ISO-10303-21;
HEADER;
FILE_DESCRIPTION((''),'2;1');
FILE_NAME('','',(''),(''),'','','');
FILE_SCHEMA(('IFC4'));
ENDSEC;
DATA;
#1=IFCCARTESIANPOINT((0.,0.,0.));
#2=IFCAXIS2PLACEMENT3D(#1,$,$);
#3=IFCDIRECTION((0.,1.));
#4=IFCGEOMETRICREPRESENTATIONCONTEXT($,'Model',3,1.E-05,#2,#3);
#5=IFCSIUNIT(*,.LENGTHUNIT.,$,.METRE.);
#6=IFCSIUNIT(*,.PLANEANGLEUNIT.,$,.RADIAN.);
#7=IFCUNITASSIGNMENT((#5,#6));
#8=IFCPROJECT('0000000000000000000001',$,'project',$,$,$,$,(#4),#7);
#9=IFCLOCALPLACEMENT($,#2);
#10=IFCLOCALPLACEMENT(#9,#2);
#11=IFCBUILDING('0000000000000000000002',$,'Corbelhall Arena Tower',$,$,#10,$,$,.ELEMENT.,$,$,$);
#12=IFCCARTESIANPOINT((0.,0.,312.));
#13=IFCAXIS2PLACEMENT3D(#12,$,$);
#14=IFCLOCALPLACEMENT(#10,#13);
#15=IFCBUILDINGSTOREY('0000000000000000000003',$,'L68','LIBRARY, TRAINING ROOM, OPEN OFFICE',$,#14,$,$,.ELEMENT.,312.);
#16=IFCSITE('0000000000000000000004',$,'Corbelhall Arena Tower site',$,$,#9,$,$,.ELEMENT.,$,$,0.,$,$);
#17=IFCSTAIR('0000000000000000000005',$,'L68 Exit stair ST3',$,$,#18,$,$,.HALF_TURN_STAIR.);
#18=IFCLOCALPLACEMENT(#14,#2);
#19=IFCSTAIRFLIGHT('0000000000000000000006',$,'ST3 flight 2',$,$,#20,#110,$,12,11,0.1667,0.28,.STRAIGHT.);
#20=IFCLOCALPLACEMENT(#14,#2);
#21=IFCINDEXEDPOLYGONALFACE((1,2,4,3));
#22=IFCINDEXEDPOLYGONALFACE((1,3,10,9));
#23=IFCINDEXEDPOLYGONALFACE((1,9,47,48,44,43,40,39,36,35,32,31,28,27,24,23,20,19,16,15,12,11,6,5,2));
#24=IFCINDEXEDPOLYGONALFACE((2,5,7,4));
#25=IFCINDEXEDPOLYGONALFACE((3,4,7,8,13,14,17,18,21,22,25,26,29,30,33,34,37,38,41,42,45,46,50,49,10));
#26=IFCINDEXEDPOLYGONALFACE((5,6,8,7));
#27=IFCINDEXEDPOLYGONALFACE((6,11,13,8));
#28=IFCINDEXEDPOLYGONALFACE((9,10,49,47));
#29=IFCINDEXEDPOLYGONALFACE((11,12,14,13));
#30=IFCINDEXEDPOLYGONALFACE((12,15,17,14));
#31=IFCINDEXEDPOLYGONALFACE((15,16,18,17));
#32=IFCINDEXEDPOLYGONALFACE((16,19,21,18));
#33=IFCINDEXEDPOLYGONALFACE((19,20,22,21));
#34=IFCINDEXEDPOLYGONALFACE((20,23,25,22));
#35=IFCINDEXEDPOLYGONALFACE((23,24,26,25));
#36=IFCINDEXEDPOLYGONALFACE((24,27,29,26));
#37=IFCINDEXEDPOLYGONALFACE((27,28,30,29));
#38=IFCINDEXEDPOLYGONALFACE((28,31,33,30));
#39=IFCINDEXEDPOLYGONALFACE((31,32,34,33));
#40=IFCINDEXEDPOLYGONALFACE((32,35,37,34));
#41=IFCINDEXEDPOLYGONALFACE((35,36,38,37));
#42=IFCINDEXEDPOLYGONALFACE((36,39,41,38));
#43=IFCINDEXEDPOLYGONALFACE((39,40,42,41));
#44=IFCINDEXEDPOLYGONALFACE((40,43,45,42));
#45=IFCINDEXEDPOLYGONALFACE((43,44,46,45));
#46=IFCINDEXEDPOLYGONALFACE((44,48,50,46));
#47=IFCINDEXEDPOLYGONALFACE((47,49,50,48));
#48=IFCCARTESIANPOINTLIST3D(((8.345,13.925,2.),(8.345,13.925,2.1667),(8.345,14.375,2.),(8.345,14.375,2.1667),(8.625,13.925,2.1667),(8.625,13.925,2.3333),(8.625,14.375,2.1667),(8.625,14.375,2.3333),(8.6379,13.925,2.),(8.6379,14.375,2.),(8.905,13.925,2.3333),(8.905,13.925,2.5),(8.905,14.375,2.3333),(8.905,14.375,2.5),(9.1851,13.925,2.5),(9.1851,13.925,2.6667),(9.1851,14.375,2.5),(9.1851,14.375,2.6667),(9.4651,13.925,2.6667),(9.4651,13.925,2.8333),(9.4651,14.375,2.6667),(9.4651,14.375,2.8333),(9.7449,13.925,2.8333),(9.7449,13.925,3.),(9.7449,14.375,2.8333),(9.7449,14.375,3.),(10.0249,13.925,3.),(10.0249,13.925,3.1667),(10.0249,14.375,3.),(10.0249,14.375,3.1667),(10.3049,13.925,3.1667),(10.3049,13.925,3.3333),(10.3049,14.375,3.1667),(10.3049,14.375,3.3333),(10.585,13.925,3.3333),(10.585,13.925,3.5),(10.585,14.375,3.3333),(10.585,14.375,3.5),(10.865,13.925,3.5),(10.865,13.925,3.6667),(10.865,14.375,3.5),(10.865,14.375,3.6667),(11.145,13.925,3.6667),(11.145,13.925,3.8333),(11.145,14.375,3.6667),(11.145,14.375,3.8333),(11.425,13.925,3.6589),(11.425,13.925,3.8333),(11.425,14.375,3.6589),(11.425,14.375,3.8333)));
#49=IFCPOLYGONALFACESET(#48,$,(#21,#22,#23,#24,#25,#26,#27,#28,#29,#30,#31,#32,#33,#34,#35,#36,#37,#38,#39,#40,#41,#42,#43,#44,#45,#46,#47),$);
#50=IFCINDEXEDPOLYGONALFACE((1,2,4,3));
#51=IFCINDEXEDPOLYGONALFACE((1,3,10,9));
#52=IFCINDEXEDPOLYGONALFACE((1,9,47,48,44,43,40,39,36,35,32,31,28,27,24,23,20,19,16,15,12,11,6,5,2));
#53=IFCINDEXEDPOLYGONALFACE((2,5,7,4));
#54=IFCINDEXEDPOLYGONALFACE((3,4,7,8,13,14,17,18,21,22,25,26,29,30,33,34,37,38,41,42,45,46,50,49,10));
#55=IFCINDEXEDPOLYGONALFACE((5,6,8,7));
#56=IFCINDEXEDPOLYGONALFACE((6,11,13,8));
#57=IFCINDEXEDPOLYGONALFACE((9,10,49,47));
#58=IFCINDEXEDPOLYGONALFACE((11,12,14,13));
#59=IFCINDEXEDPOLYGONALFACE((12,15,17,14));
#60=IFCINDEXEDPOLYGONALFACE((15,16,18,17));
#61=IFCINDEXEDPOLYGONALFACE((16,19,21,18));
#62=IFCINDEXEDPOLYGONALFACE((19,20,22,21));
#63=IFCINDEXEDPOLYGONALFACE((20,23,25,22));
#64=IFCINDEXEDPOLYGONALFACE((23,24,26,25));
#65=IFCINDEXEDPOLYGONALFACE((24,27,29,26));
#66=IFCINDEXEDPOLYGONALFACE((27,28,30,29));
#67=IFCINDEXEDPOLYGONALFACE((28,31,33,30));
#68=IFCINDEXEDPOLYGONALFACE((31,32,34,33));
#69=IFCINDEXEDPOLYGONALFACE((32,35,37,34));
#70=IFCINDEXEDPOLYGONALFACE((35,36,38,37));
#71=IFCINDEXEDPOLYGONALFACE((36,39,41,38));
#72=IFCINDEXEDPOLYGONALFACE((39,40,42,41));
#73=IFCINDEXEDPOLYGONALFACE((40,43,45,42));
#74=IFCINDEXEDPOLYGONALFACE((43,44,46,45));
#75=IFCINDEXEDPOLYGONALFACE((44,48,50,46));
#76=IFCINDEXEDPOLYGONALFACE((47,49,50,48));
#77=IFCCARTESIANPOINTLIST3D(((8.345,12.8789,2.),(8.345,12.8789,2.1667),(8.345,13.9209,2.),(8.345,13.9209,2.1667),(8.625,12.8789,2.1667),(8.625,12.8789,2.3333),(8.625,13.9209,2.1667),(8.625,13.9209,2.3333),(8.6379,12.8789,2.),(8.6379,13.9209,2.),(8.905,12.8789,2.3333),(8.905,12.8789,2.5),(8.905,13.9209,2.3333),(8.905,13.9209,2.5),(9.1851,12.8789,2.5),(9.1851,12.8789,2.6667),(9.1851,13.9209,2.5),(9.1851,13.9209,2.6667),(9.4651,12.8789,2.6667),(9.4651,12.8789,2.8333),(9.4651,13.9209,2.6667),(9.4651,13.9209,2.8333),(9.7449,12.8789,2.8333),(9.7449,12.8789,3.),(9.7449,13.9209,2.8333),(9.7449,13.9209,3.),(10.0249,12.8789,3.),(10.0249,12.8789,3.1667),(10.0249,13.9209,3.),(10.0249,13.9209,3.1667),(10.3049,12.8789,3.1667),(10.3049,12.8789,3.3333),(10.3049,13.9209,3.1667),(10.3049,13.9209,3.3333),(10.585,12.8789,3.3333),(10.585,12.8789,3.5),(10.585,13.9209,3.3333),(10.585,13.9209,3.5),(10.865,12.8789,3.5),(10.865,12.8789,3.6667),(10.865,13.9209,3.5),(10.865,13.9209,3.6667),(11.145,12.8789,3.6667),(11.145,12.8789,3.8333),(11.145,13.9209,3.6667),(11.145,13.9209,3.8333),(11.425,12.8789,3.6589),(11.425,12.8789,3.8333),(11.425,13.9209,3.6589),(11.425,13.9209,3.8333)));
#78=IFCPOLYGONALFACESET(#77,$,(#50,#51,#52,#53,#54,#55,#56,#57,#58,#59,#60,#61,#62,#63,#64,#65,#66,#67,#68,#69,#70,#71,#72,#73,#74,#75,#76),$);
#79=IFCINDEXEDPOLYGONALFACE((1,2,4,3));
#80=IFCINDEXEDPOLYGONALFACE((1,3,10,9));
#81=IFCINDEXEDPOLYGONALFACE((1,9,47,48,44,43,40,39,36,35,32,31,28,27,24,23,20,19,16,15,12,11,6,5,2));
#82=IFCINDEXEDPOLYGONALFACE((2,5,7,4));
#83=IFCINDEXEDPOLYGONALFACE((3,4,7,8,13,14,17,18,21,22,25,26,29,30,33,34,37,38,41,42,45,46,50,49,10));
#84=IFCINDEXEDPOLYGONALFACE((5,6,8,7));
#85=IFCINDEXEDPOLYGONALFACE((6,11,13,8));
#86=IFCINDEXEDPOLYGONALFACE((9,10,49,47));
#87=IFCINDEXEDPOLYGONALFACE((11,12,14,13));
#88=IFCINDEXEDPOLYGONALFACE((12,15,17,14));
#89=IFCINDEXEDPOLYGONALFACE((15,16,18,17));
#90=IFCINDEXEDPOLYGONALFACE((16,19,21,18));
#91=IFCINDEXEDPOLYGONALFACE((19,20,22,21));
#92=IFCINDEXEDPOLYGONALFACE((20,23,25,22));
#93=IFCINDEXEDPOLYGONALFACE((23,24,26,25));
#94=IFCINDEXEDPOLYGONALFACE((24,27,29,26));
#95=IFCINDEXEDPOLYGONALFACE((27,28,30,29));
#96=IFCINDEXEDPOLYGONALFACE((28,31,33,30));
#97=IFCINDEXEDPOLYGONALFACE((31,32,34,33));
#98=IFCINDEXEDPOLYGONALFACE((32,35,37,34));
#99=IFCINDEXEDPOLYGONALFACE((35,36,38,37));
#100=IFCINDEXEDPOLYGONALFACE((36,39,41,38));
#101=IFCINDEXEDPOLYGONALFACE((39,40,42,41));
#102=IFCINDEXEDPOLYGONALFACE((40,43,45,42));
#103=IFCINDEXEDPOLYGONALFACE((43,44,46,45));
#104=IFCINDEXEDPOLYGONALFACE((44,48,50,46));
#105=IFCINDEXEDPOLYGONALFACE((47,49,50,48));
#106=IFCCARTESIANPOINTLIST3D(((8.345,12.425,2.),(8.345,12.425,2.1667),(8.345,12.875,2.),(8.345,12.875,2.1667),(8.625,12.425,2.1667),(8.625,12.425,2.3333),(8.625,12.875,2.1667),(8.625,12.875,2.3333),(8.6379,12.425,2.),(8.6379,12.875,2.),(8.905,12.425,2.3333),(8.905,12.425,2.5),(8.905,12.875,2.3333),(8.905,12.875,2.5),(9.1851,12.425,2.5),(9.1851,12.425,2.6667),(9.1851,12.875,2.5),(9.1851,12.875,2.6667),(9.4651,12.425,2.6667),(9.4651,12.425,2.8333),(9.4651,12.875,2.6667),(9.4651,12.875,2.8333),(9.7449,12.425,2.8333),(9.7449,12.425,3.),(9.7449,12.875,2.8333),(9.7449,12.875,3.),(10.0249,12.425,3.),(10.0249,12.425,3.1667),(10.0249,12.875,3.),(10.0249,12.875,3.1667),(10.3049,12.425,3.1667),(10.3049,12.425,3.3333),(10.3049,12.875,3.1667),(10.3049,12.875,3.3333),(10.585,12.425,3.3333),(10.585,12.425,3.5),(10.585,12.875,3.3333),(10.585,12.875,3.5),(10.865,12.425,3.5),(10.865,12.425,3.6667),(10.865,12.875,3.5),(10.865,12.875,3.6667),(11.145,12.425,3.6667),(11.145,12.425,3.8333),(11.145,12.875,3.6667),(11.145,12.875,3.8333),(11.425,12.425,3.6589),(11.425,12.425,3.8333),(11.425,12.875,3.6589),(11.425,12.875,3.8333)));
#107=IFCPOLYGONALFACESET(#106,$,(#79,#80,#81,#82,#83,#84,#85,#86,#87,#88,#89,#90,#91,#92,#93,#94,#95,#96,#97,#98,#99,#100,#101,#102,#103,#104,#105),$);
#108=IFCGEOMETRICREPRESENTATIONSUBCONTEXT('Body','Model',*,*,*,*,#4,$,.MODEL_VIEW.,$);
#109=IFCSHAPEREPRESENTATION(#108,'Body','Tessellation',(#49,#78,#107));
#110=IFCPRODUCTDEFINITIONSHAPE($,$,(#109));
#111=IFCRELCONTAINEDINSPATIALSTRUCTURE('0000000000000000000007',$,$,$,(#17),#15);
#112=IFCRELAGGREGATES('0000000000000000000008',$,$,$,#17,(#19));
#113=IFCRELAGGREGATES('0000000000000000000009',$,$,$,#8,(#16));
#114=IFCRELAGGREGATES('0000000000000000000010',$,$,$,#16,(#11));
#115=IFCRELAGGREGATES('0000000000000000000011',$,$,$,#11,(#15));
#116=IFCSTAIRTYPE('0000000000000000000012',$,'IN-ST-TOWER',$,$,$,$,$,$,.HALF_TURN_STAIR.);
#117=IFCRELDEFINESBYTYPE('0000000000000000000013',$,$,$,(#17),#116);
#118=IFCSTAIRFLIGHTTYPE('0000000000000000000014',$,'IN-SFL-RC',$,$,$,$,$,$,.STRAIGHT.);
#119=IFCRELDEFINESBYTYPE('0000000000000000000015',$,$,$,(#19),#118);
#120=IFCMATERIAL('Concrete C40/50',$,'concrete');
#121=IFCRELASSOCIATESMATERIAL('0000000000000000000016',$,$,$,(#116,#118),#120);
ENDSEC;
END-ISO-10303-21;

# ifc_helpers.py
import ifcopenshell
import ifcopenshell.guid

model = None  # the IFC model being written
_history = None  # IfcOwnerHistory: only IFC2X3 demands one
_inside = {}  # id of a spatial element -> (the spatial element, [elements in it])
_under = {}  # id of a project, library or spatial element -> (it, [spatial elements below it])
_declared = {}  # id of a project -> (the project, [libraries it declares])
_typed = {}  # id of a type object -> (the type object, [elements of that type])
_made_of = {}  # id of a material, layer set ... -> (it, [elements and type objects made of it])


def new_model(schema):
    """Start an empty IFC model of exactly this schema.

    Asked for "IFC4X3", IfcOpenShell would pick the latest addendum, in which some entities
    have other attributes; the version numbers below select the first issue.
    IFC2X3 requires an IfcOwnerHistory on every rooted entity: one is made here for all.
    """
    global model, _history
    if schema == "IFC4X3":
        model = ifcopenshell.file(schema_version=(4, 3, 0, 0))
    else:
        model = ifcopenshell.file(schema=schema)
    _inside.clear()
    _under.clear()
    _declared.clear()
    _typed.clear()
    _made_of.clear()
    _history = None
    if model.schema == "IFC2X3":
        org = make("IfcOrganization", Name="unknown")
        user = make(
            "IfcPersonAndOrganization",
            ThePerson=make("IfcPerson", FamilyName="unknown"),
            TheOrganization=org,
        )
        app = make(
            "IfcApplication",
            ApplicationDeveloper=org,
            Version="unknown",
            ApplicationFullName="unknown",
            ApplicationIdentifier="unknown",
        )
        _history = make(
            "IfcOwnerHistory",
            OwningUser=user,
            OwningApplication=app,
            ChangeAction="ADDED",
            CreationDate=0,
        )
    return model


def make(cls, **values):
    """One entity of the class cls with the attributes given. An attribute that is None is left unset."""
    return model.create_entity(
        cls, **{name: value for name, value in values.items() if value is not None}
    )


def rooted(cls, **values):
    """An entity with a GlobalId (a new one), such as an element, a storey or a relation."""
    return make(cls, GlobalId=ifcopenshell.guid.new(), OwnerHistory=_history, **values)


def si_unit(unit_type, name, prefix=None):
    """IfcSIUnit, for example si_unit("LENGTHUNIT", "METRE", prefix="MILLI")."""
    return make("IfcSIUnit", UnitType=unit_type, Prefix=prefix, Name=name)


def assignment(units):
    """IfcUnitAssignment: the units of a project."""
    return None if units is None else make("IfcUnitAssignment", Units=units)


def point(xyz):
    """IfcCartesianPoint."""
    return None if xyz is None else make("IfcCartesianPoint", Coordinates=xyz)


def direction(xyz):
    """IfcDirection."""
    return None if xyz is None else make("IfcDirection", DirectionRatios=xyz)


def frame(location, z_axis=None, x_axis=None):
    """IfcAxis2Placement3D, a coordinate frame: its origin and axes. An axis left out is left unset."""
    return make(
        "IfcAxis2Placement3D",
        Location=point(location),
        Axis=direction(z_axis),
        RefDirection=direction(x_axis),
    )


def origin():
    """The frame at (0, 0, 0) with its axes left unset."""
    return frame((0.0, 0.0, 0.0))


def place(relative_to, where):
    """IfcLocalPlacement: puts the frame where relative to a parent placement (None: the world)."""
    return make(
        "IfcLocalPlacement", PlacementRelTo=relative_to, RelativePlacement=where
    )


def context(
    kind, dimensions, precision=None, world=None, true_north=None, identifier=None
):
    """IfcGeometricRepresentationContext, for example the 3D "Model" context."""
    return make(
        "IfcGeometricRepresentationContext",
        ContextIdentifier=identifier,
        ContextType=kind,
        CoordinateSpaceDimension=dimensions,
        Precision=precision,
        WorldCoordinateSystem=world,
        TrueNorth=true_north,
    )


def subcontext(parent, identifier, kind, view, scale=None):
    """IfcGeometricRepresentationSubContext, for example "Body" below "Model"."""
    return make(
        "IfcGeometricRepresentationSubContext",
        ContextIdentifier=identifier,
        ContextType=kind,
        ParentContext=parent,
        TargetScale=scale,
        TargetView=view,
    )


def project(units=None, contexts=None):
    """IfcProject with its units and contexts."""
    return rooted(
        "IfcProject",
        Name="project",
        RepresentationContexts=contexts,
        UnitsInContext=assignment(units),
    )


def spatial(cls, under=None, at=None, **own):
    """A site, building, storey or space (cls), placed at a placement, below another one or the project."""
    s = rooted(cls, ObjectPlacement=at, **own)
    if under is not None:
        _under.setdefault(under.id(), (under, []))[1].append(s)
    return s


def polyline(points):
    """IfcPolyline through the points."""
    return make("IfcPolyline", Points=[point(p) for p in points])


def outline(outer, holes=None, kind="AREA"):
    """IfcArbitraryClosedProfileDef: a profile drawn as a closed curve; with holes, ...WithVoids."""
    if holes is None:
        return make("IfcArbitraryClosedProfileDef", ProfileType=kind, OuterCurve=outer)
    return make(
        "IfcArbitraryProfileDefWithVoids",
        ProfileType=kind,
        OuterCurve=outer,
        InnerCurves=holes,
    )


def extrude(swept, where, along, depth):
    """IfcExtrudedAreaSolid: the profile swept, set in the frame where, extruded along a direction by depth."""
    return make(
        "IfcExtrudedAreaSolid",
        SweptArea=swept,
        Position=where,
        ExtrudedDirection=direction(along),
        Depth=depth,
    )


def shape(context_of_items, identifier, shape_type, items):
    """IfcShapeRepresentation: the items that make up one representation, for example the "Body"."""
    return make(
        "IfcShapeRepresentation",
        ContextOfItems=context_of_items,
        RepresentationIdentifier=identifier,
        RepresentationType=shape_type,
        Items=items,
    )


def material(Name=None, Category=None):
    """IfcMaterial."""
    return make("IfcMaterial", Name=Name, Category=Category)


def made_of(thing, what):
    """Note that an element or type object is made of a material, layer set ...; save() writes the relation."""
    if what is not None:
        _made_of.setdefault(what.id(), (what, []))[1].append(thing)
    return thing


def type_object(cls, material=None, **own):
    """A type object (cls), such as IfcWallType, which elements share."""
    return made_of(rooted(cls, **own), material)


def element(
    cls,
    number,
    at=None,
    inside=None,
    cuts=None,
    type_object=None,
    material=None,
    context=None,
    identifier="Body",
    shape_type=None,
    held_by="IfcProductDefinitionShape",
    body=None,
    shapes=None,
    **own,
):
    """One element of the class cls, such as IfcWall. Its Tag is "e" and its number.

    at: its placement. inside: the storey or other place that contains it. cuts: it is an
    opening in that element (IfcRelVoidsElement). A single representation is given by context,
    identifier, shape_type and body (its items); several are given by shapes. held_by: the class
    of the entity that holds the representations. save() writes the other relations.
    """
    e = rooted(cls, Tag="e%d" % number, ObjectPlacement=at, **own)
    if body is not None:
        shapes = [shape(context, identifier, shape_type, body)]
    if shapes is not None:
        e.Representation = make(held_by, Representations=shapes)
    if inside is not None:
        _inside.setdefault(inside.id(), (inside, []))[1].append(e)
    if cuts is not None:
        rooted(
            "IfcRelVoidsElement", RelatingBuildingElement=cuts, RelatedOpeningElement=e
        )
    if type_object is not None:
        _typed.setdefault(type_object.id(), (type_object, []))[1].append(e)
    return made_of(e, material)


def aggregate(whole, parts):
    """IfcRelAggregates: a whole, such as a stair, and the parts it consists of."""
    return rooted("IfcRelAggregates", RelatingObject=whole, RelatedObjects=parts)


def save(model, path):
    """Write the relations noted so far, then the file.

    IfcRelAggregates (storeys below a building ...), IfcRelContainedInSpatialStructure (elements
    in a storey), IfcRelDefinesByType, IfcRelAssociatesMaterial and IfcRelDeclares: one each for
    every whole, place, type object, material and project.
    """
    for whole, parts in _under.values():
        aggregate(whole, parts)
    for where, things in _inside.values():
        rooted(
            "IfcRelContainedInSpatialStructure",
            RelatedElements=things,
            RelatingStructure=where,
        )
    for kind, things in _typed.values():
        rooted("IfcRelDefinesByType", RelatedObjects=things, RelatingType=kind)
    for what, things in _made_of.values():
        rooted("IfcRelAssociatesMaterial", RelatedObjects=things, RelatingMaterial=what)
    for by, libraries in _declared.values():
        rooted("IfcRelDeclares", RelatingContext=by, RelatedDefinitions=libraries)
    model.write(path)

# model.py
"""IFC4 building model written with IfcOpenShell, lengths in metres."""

from ifc_helpers import new_model, si_unit, direction, frame, origin, place, context, subcontext, project, spatial, polyline, outline, extrude, material, type_object, element, aggregate, save


model = new_model("IFC4")

# Units and contexts
model_context = context("Model", 3, precision=1e-05, world=origin(), true_north=direction((0.0, 1.0)))
body_context = subcontext(model_context, "Body", "Model", "MODEL_VIEW")
ifc_project = project(units=[si_unit("LENGTHUNIT", "METRE"), si_unit("PLANEANGLEUNIT", "RADIAN")], contexts=[model_context])

# Site, building, storey
site_placement = place(None, origin())
site = spatial("IfcSite", under=ifc_project, at=site_placement, Name="Corbelhall Arena Tower site", CompositionType="ELEMENT", RefElevation=0.0)
building_placement = place(site_placement, origin())
building = spatial("IfcBuilding", under=site, at=building_placement, Name="Corbelhall Arena Tower", CompositionType="ELEMENT")
storey_placement = place(building_placement, frame((0.0, 0.0, 312.0)))
storey = spatial("IfcBuildingStorey", under=building, at=storey_placement, Name="L68", Description="LIBRARY, TRAINING ROOM, OPEN OFFICE", CompositionType="ELEMENT", Elevation=312.0)

# Shared definitions
ifc_material_1 = material(Name="Concrete C40/50", Category="concrete")
stair_type = type_object("IfcStairType", Name="IN-ST-TOWER", PredefinedType="HALF_TURN_STAIR", material=ifc_material_1)

# Stair, stair flight
stair_1_placement = place(storey_placement, origin())
stair_1 = element("IfcStair", 1, at=stair_1_placement, inside=storey, type_object=stair_type, Name="L68 Exit stair ST3", PredefinedType="HALF_TURN_STAIR")
stair_flight_type = type_object("IfcStairFlightType", Name="IN-SFL-RC", PredefinedType="STRAIGHT", material=ifc_material_1)
stair_flight_placement = place(storey_placement, frame((8.345, 13.3999, 2.0), z_axis=(0.0, 0.0, 1.0), x_axis=(1.0, 0.0, 0.0)))
stair_flight = element("IfcStairFlight", 2, at=stair_flight_placement, type_object=stair_flight_type, Name="ST3 flight 2", NumberOfRisers=12, NumberOfTreads=11, PredefinedType="STRAIGHT", RiserHeight=0.1667, TreadLength=0.28, context=body_context, shape_type="SweptSolid", body=[
    extrude(outline(polyline([(0.0, 0.0), (0.0, 0.1667), (0.28, 0.1667), (0.28, 0.3333), (0.5601, 0.3333), (0.5601, 0.5), (0.8401, 0.5), (0.8401, 0.6667), (1.1201, 0.6667), (1.1201, 0.8333), (1.3999, 0.8333), (1.3999, 1.0), (1.6799, 1.0), (1.6799, 1.1667), (1.96, 1.1667), (1.96, 1.3333), (2.24, 1.3333), (2.24, 1.5), (2.52, 1.5), (2.52, 1.6667), (2.8, 1.6667), (2.8, 1.8333), (3.0801, 1.8333), (3.0801, 2.0), (3.0801, 1.6589), (0.293, 0.0), (0.0, 0.0)])), frame((0.0, 0.9751, 0.0), z_axis=(0.0, -1.0, 0.0), x_axis=(1.0, 0.0, 0.0)), (0.0, 0.0, 1.0), 0.45),
    extrude(outline(polyline([(0.0, 0.0), (0.0, 0.1667), (0.28, 0.1667), (0.28, 0.3333), (0.5601, 0.3333), (0.5601, 0.5), (0.8401, 0.5), (0.8401, 0.6667), (1.1201, 0.6667), (1.1201, 0.8333), (1.3999, 0.8333), (1.3999, 1.0), (1.6799, 1.0), (1.6799, 1.1667), (1.96, 1.1667), (1.96, 1.3333), (2.24, 1.3333), (2.24, 1.5), (2.52, 1.5), (2.52, 1.6667), (2.8, 1.6667), (2.8, 1.8333), (3.0801, 1.8333), (3.0801, 2.0), (3.0801, 1.6589), (0.293, 0.0), (0.0, 0.0)])), frame((0.0, 0.521, 0.0), z_axis=(0.0, -1.0, 0.0), x_axis=(1.0, 0.0, 0.0)), (0.0, 0.0, 1.0), 1.042),
    extrude(outline(polyline([(0.0, 0.0), (0.0, 0.1667), (0.28, 0.1667), (0.28, 0.3333), (0.5601, 0.3333), (0.5601, 0.5), (0.8401, 0.5), (0.8401, 0.6667), (1.1201, 0.6667), (1.1201, 0.8333), (1.3999, 0.8333), (1.3999, 1.0), (1.6799, 1.0), (1.6799, 1.1667), (1.96, 1.1667), (1.96, 1.3333), (2.24, 1.3333), (2.24, 1.5), (2.52, 1.5), (2.52, 1.6667), (2.8, 1.6667), (2.8, 1.8333), (3.0801, 1.8333), (3.0801, 2.0), (3.0801, 1.6589), (0.293, 0.0), (0.0, 0.0)])), frame((0.0, -0.5249, 0.0), z_axis=(0.0, -1.0, 0.0), x_axis=(1.0, 0.0, 0.0)), (0.0, 0.0, 1.0), 0.45),
])
aggregate(stair_1, [stair_flight])

save(model, "model.ifc")
